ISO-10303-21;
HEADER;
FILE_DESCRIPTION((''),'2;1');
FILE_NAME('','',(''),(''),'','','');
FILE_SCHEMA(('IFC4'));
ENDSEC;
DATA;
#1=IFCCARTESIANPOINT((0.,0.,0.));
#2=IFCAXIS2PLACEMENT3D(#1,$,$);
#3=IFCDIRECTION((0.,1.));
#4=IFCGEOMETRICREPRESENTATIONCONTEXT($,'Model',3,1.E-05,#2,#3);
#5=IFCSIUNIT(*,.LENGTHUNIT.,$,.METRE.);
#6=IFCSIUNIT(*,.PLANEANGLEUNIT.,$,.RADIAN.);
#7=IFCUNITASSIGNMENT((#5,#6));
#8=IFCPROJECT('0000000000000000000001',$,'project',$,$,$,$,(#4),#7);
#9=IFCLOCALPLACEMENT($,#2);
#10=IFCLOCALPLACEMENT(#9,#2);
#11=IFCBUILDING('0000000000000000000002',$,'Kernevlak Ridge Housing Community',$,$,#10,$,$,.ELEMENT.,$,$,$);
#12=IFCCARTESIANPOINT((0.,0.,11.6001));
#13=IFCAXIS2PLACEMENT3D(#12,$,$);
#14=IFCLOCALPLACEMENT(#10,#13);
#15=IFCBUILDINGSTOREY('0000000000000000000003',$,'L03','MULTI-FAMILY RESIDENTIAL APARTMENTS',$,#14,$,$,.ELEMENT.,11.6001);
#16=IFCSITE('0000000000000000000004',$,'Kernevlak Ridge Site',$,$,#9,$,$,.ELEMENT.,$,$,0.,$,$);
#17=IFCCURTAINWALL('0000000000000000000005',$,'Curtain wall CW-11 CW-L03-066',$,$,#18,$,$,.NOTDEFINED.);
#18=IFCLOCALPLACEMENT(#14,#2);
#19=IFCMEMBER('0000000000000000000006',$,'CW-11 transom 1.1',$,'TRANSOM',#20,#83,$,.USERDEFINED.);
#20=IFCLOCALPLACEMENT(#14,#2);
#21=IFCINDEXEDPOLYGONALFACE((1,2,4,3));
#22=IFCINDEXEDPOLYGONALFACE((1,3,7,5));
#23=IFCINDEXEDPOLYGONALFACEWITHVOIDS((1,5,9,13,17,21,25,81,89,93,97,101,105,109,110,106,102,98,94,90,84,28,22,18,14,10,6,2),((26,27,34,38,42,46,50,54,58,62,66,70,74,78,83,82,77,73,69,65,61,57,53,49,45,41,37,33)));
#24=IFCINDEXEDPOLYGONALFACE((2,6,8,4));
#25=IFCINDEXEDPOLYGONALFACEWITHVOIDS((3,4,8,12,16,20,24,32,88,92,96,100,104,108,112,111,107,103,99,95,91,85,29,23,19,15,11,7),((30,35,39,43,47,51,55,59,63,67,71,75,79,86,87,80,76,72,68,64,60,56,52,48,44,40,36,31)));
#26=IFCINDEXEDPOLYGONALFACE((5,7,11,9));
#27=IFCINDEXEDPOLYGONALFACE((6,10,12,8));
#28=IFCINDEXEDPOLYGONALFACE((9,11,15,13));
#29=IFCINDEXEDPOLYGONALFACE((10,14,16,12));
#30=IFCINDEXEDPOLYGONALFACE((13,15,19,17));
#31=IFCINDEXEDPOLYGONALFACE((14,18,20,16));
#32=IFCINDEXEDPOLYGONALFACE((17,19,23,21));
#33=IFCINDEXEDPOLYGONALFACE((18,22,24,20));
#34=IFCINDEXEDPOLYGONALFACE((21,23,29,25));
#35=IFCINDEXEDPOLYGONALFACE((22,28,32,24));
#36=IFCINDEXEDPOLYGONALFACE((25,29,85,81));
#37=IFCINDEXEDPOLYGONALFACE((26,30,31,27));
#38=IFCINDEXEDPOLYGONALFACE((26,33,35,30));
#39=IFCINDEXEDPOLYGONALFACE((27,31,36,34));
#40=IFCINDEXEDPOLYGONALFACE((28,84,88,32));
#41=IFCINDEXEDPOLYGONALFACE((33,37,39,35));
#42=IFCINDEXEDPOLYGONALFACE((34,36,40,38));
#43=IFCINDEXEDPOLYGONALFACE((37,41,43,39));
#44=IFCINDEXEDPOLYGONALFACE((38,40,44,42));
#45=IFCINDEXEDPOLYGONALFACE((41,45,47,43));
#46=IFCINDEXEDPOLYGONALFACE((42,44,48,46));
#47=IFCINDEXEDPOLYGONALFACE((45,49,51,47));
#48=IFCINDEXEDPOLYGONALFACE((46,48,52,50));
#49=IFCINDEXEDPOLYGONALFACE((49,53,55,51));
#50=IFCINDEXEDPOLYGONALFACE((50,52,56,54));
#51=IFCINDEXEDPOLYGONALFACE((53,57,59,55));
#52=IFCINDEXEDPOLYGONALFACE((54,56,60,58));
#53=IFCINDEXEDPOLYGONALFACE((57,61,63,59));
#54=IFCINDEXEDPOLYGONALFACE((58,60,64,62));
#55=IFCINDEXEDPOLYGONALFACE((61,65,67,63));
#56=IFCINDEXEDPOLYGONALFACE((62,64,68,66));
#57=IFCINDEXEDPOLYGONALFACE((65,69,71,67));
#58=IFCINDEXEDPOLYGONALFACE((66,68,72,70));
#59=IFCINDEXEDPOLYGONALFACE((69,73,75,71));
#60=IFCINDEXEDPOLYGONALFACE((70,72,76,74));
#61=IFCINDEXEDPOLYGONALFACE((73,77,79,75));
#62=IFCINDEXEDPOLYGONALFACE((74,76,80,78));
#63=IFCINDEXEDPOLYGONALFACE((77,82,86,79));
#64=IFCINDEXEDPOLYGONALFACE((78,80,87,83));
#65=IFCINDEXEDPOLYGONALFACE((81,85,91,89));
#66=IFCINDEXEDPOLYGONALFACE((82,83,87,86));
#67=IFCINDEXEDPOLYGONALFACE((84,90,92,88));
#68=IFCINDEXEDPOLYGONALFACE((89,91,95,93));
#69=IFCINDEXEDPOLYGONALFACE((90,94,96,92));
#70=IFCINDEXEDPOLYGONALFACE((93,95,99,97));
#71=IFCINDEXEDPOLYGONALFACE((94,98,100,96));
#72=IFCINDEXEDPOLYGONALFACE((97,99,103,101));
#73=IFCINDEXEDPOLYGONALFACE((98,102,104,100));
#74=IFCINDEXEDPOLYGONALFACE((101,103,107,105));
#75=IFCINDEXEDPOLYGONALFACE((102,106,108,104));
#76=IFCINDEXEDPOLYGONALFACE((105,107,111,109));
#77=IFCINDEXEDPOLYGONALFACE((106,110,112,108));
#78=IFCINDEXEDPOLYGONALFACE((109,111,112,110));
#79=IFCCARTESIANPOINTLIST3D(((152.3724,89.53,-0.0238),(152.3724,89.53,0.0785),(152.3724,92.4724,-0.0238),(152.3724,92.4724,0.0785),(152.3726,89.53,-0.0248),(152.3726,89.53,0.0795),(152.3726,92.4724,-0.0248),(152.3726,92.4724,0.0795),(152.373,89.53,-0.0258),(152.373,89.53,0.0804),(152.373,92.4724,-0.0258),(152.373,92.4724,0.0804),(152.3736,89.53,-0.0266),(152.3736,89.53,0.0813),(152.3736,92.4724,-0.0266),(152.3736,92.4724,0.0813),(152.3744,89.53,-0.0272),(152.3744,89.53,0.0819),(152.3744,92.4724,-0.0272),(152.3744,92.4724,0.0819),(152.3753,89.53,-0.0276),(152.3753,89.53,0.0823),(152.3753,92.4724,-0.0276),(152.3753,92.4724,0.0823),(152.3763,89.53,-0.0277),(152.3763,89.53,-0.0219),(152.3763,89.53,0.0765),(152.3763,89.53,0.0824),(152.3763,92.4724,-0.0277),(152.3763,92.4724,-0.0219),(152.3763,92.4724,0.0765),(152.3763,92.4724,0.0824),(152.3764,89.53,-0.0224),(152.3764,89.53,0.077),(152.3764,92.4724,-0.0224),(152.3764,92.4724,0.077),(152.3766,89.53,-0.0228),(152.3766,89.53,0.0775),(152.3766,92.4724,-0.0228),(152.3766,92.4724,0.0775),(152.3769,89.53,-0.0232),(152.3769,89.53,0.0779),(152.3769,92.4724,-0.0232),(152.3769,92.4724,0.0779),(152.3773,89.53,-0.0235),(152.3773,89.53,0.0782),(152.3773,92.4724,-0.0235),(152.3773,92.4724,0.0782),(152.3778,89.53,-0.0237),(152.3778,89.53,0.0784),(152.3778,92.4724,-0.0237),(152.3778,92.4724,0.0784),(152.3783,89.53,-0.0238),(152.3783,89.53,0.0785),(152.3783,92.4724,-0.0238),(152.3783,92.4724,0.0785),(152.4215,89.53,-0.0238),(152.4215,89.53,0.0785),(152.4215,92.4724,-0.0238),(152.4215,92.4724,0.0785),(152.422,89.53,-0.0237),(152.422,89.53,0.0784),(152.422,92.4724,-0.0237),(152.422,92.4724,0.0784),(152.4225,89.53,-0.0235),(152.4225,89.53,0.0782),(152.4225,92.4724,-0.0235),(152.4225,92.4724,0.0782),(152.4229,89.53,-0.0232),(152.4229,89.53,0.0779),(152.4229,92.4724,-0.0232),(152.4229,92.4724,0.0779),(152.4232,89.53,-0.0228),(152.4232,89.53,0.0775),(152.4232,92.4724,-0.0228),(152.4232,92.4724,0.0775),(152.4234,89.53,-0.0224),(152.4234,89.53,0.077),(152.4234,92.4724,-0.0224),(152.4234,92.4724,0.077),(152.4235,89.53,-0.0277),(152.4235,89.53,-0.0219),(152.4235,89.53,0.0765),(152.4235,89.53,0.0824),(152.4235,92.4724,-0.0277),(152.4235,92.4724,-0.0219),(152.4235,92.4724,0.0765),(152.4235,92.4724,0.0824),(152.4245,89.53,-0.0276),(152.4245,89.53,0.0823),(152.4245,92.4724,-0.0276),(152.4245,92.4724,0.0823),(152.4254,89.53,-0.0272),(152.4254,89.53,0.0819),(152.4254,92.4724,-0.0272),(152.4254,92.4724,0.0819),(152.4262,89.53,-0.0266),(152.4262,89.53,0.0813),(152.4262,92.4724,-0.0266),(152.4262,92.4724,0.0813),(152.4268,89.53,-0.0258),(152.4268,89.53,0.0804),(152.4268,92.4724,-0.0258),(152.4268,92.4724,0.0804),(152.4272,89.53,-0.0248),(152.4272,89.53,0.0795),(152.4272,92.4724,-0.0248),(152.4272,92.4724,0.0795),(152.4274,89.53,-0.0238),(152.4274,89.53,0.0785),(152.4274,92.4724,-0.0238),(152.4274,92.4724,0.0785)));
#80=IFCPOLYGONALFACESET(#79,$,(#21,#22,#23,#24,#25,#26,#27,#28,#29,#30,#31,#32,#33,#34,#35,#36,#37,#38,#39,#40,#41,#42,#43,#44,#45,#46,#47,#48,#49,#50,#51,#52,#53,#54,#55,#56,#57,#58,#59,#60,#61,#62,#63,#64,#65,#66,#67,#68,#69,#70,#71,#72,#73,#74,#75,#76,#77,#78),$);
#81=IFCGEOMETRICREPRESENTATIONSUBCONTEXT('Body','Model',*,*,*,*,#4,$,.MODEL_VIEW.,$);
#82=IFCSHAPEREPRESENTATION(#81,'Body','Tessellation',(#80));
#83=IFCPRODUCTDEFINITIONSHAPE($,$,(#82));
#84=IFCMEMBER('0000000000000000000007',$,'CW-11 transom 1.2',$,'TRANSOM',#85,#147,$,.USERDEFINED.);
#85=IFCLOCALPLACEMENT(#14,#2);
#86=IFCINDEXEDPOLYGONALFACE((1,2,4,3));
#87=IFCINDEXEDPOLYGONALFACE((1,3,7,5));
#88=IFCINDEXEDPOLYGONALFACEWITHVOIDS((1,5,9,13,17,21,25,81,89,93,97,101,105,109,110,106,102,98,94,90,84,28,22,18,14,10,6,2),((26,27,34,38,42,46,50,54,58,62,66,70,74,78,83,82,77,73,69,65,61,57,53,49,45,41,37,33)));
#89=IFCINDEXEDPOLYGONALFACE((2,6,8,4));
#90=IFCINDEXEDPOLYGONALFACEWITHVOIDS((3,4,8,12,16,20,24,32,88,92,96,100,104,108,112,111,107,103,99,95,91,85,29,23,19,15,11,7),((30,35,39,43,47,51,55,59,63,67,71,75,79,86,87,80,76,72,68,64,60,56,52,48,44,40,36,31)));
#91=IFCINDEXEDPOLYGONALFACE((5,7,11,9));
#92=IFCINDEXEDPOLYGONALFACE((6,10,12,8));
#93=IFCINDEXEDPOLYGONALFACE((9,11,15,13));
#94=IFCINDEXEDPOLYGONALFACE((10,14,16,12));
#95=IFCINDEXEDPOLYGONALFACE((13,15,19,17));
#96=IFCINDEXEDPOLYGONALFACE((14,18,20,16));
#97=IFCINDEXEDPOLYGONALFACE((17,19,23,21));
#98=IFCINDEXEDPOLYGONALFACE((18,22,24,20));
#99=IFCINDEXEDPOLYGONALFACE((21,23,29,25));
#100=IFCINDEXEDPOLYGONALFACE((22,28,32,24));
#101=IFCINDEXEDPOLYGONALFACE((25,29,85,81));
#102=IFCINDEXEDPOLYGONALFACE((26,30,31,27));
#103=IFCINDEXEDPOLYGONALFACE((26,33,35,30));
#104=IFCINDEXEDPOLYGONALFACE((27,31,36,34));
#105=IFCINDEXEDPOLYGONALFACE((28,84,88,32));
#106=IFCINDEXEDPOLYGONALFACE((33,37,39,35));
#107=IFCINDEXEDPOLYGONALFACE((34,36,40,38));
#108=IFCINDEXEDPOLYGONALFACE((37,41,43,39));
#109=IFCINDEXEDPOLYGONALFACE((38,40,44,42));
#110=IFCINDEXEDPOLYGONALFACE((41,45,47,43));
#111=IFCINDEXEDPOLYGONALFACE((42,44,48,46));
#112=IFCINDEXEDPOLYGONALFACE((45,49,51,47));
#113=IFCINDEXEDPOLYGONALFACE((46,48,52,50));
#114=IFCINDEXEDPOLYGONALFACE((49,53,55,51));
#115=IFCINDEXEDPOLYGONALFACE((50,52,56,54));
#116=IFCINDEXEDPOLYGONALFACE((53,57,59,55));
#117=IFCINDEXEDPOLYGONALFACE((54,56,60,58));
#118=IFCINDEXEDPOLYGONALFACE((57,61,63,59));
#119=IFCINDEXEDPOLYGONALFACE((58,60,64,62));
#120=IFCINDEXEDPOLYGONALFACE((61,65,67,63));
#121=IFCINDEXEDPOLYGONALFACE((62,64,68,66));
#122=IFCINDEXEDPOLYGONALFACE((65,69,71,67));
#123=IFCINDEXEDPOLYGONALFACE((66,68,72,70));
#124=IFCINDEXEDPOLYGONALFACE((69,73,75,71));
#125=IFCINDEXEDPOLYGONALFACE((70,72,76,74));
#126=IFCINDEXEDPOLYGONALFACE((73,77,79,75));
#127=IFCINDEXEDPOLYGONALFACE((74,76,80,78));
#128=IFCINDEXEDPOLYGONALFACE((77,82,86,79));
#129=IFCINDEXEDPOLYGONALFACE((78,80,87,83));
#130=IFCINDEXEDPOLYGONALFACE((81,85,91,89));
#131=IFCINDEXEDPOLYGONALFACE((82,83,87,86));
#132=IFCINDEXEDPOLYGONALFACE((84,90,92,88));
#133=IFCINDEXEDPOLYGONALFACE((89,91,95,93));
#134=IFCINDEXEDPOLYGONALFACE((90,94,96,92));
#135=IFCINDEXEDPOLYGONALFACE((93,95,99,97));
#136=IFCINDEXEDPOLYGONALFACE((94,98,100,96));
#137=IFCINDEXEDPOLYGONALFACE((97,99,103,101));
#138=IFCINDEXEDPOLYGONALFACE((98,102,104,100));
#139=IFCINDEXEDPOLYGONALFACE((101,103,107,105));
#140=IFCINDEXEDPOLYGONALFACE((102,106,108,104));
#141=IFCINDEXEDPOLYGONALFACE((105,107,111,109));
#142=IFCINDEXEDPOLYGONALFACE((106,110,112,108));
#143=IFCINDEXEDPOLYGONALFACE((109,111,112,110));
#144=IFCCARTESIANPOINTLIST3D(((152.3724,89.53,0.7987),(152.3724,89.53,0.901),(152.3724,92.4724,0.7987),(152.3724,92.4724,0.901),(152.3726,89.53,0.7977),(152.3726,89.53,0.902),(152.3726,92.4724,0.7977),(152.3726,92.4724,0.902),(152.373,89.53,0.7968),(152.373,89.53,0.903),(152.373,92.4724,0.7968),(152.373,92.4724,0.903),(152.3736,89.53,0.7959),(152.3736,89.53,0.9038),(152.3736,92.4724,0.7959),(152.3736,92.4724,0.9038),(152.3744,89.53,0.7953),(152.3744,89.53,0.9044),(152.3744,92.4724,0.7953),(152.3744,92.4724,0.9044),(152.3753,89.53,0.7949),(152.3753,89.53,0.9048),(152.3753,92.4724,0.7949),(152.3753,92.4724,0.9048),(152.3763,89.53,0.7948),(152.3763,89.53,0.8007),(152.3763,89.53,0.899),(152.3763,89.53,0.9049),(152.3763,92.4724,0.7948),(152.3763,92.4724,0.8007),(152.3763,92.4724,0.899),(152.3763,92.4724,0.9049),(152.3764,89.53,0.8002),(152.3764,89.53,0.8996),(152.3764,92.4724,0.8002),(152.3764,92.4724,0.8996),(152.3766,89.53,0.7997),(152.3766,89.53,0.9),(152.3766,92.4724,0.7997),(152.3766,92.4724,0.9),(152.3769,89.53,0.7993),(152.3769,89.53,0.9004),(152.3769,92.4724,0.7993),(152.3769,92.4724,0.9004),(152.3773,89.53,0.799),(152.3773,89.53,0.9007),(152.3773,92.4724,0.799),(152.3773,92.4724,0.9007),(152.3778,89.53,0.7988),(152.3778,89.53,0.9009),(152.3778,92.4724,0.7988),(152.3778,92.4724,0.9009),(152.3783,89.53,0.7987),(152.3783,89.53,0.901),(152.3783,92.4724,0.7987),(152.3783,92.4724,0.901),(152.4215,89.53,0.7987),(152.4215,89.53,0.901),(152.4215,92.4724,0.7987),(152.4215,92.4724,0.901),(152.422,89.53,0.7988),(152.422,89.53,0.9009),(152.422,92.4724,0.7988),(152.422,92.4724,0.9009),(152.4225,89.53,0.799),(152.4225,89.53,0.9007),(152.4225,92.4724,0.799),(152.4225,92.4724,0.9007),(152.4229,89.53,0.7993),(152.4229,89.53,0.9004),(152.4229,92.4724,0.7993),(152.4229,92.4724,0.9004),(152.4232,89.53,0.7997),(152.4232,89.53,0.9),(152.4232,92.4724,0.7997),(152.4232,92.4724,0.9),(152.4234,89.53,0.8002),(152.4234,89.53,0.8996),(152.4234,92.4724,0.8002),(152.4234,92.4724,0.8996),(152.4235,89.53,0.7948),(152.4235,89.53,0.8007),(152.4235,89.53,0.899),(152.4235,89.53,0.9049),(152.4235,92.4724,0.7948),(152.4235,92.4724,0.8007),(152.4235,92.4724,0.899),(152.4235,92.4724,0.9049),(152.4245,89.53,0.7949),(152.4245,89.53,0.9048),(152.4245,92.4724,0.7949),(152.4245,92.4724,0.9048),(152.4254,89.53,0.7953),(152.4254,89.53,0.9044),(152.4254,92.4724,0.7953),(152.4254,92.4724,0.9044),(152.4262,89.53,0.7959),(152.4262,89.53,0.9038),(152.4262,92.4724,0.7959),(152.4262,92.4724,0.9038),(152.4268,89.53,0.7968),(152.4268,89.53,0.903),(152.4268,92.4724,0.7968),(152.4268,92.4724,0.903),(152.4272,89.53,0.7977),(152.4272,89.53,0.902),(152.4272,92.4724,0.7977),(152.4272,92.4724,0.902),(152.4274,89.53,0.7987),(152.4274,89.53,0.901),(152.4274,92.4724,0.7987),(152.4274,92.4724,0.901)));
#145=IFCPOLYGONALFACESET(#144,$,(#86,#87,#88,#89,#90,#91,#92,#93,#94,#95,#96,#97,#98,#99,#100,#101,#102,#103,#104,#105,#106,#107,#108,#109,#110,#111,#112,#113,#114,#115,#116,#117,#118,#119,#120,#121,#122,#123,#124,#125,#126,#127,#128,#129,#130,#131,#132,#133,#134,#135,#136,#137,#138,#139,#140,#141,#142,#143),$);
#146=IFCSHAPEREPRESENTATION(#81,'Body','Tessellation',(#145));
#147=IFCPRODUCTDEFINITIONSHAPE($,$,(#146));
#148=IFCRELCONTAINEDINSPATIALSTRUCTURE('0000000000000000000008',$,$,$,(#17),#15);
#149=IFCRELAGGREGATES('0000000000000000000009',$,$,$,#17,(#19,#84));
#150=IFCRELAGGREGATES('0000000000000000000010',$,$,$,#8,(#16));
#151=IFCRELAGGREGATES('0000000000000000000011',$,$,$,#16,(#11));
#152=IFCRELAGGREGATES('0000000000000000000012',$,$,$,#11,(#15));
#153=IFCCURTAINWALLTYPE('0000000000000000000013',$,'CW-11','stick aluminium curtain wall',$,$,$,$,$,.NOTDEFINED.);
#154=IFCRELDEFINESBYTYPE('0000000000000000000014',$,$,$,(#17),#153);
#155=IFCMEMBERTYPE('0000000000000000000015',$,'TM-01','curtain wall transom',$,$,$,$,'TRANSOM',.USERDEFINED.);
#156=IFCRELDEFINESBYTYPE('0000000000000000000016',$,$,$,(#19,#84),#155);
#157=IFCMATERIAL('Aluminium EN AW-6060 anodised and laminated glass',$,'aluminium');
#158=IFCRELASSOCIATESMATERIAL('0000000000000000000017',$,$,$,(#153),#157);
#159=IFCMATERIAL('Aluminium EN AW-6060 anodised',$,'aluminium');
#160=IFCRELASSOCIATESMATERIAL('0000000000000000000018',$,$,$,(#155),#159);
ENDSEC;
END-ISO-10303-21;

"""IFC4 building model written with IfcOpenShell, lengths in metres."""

from ifc_helpers import new_model, si_unit, direction, frame, origin, origin_2d, place, context, subcontext, project, spatial, hollow_rectangle, extrude, material, material_profile, profile_set, type_object, element, aggregate, save


model = new_model("IFC4")

# Units and contexts
model_context = context("Model", 3, precision=1e-05, world=origin(), true_north=direction((0.0, 1.0)))
body_context = subcontext(model_context, "Body", "Model", "MODEL_VIEW")
ifc_project = project(units=[si_unit("LENGTHUNIT", "METRE"), si_unit("PLANEANGLEUNIT", "RADIAN")], contexts=[model_context])

# Site, building, storey
site_placement = place(None, origin())
site = spatial("IfcSite", under=ifc_project, at=site_placement, Name="Kernevlak Ridge Site", CompositionType="ELEMENT", RefElevation=0.0)
building_placement = place(site_placement, origin())
building = spatial("IfcBuilding", under=site, at=building_placement, Name="Kernevlak Ridge Housing Community", CompositionType="ELEMENT")
storey_placement = place(building_placement, frame((0.0, 0.0, 11.6001)))
storey = spatial("IfcBuildingStorey", under=building, at=storey_placement, Name="L03", Description="MULTI-FAMILY RESIDENTIAL APARTMENTS", CompositionType="ELEMENT", Elevation=11.6001)

# Curtain wall
ifc_material_1 = material(Name="Aluminium EN AW-6060 anodised and laminated glass", Category="aluminium")
curtain_wall_type = type_object("IfcCurtainWallType", Name="CW-11", Description="stick aluminium curtain wall", PredefinedType="NOTDEFINED", material=ifc_material_1)
curtain_wall_placement = place(storey_placement, origin())
curtain_wall = element("IfcCurtainWall", 1, at=curtain_wall_placement, inside=storey, type_object=curtain_wall_type, Name="Curtain wall CW-11 CW-L03-066", PredefinedType="NOTDEFINED")
ifc_material_2 = material(Name="Aluminium EN AW-6060 anodised", Category="aluminium")

# Members
ifc_material_profile_1 = material_profile(ifc_material_2, hollow_rectangle(XDim=0.0549, YDim=0.1101, WallThickness=0.0039, InnerFilletRadius=0.002, OuterFilletRadius=0.0039, at=origin_2d()), Name="ALU 55x110x4")
ifc_profile_set_1 = profile_set([ifc_material_profile_1], Name="Aluminium EN AW-6060 anodised")
member_type_1 = type_object("IfcMemberType", Name="TM-01", Description="curtain wall transom", ElementType="TRANSOM", PredefinedType="USERDEFINED", material=ifc_profile_set_1)
member_1_placement = place(storey_placement, frame((152.3999, 89.53, 0.0273), z_axis=(0.0, 1.0, 0.0), x_axis=(-1.0, 0.0, 0.0)))
member_1 = element("IfcMember", 2, at=member_1_placement, type_object=member_type_1, Name="CW-11 transom 1.1", ObjectType="TRANSOM", PredefinedType="USERDEFINED", context=body_context, shape_type="SweptSolid", body=[
    extrude(hollow_rectangle(XDim=0.0549, YDim=0.1101, WallThickness=0.0039, InnerFilletRadius=0.002, OuterFilletRadius=0.0039, at=origin_2d()), origin(), (0.0, 0.0, 1.0), 2.9424),
])
member_2_placement = place(storey_placement, frame((152.3999, 89.53, 0.8499), z_axis=(0.0, 1.0, 0.0), x_axis=(-1.0, 0.0, 0.0)))
member_2 = element("IfcMember", 3, at=member_2_placement, type_object=member_type_1, Name="CW-11 transom 1.2", ObjectType="TRANSOM", PredefinedType="USERDEFINED", context=body_context, shape_type="SweptSolid", body=[
    extrude(hollow_rectangle(XDim=0.0549, YDim=0.1101, WallThickness=0.0039, InnerFilletRadius=0.002, OuterFilletRadius=0.0039, at=origin_2d()), origin(), (0.0, 0.0, 1.0), 2.9424),
])

aggregate(curtain_wall, [member_1, member_2])

save(model, "model.ifc")
